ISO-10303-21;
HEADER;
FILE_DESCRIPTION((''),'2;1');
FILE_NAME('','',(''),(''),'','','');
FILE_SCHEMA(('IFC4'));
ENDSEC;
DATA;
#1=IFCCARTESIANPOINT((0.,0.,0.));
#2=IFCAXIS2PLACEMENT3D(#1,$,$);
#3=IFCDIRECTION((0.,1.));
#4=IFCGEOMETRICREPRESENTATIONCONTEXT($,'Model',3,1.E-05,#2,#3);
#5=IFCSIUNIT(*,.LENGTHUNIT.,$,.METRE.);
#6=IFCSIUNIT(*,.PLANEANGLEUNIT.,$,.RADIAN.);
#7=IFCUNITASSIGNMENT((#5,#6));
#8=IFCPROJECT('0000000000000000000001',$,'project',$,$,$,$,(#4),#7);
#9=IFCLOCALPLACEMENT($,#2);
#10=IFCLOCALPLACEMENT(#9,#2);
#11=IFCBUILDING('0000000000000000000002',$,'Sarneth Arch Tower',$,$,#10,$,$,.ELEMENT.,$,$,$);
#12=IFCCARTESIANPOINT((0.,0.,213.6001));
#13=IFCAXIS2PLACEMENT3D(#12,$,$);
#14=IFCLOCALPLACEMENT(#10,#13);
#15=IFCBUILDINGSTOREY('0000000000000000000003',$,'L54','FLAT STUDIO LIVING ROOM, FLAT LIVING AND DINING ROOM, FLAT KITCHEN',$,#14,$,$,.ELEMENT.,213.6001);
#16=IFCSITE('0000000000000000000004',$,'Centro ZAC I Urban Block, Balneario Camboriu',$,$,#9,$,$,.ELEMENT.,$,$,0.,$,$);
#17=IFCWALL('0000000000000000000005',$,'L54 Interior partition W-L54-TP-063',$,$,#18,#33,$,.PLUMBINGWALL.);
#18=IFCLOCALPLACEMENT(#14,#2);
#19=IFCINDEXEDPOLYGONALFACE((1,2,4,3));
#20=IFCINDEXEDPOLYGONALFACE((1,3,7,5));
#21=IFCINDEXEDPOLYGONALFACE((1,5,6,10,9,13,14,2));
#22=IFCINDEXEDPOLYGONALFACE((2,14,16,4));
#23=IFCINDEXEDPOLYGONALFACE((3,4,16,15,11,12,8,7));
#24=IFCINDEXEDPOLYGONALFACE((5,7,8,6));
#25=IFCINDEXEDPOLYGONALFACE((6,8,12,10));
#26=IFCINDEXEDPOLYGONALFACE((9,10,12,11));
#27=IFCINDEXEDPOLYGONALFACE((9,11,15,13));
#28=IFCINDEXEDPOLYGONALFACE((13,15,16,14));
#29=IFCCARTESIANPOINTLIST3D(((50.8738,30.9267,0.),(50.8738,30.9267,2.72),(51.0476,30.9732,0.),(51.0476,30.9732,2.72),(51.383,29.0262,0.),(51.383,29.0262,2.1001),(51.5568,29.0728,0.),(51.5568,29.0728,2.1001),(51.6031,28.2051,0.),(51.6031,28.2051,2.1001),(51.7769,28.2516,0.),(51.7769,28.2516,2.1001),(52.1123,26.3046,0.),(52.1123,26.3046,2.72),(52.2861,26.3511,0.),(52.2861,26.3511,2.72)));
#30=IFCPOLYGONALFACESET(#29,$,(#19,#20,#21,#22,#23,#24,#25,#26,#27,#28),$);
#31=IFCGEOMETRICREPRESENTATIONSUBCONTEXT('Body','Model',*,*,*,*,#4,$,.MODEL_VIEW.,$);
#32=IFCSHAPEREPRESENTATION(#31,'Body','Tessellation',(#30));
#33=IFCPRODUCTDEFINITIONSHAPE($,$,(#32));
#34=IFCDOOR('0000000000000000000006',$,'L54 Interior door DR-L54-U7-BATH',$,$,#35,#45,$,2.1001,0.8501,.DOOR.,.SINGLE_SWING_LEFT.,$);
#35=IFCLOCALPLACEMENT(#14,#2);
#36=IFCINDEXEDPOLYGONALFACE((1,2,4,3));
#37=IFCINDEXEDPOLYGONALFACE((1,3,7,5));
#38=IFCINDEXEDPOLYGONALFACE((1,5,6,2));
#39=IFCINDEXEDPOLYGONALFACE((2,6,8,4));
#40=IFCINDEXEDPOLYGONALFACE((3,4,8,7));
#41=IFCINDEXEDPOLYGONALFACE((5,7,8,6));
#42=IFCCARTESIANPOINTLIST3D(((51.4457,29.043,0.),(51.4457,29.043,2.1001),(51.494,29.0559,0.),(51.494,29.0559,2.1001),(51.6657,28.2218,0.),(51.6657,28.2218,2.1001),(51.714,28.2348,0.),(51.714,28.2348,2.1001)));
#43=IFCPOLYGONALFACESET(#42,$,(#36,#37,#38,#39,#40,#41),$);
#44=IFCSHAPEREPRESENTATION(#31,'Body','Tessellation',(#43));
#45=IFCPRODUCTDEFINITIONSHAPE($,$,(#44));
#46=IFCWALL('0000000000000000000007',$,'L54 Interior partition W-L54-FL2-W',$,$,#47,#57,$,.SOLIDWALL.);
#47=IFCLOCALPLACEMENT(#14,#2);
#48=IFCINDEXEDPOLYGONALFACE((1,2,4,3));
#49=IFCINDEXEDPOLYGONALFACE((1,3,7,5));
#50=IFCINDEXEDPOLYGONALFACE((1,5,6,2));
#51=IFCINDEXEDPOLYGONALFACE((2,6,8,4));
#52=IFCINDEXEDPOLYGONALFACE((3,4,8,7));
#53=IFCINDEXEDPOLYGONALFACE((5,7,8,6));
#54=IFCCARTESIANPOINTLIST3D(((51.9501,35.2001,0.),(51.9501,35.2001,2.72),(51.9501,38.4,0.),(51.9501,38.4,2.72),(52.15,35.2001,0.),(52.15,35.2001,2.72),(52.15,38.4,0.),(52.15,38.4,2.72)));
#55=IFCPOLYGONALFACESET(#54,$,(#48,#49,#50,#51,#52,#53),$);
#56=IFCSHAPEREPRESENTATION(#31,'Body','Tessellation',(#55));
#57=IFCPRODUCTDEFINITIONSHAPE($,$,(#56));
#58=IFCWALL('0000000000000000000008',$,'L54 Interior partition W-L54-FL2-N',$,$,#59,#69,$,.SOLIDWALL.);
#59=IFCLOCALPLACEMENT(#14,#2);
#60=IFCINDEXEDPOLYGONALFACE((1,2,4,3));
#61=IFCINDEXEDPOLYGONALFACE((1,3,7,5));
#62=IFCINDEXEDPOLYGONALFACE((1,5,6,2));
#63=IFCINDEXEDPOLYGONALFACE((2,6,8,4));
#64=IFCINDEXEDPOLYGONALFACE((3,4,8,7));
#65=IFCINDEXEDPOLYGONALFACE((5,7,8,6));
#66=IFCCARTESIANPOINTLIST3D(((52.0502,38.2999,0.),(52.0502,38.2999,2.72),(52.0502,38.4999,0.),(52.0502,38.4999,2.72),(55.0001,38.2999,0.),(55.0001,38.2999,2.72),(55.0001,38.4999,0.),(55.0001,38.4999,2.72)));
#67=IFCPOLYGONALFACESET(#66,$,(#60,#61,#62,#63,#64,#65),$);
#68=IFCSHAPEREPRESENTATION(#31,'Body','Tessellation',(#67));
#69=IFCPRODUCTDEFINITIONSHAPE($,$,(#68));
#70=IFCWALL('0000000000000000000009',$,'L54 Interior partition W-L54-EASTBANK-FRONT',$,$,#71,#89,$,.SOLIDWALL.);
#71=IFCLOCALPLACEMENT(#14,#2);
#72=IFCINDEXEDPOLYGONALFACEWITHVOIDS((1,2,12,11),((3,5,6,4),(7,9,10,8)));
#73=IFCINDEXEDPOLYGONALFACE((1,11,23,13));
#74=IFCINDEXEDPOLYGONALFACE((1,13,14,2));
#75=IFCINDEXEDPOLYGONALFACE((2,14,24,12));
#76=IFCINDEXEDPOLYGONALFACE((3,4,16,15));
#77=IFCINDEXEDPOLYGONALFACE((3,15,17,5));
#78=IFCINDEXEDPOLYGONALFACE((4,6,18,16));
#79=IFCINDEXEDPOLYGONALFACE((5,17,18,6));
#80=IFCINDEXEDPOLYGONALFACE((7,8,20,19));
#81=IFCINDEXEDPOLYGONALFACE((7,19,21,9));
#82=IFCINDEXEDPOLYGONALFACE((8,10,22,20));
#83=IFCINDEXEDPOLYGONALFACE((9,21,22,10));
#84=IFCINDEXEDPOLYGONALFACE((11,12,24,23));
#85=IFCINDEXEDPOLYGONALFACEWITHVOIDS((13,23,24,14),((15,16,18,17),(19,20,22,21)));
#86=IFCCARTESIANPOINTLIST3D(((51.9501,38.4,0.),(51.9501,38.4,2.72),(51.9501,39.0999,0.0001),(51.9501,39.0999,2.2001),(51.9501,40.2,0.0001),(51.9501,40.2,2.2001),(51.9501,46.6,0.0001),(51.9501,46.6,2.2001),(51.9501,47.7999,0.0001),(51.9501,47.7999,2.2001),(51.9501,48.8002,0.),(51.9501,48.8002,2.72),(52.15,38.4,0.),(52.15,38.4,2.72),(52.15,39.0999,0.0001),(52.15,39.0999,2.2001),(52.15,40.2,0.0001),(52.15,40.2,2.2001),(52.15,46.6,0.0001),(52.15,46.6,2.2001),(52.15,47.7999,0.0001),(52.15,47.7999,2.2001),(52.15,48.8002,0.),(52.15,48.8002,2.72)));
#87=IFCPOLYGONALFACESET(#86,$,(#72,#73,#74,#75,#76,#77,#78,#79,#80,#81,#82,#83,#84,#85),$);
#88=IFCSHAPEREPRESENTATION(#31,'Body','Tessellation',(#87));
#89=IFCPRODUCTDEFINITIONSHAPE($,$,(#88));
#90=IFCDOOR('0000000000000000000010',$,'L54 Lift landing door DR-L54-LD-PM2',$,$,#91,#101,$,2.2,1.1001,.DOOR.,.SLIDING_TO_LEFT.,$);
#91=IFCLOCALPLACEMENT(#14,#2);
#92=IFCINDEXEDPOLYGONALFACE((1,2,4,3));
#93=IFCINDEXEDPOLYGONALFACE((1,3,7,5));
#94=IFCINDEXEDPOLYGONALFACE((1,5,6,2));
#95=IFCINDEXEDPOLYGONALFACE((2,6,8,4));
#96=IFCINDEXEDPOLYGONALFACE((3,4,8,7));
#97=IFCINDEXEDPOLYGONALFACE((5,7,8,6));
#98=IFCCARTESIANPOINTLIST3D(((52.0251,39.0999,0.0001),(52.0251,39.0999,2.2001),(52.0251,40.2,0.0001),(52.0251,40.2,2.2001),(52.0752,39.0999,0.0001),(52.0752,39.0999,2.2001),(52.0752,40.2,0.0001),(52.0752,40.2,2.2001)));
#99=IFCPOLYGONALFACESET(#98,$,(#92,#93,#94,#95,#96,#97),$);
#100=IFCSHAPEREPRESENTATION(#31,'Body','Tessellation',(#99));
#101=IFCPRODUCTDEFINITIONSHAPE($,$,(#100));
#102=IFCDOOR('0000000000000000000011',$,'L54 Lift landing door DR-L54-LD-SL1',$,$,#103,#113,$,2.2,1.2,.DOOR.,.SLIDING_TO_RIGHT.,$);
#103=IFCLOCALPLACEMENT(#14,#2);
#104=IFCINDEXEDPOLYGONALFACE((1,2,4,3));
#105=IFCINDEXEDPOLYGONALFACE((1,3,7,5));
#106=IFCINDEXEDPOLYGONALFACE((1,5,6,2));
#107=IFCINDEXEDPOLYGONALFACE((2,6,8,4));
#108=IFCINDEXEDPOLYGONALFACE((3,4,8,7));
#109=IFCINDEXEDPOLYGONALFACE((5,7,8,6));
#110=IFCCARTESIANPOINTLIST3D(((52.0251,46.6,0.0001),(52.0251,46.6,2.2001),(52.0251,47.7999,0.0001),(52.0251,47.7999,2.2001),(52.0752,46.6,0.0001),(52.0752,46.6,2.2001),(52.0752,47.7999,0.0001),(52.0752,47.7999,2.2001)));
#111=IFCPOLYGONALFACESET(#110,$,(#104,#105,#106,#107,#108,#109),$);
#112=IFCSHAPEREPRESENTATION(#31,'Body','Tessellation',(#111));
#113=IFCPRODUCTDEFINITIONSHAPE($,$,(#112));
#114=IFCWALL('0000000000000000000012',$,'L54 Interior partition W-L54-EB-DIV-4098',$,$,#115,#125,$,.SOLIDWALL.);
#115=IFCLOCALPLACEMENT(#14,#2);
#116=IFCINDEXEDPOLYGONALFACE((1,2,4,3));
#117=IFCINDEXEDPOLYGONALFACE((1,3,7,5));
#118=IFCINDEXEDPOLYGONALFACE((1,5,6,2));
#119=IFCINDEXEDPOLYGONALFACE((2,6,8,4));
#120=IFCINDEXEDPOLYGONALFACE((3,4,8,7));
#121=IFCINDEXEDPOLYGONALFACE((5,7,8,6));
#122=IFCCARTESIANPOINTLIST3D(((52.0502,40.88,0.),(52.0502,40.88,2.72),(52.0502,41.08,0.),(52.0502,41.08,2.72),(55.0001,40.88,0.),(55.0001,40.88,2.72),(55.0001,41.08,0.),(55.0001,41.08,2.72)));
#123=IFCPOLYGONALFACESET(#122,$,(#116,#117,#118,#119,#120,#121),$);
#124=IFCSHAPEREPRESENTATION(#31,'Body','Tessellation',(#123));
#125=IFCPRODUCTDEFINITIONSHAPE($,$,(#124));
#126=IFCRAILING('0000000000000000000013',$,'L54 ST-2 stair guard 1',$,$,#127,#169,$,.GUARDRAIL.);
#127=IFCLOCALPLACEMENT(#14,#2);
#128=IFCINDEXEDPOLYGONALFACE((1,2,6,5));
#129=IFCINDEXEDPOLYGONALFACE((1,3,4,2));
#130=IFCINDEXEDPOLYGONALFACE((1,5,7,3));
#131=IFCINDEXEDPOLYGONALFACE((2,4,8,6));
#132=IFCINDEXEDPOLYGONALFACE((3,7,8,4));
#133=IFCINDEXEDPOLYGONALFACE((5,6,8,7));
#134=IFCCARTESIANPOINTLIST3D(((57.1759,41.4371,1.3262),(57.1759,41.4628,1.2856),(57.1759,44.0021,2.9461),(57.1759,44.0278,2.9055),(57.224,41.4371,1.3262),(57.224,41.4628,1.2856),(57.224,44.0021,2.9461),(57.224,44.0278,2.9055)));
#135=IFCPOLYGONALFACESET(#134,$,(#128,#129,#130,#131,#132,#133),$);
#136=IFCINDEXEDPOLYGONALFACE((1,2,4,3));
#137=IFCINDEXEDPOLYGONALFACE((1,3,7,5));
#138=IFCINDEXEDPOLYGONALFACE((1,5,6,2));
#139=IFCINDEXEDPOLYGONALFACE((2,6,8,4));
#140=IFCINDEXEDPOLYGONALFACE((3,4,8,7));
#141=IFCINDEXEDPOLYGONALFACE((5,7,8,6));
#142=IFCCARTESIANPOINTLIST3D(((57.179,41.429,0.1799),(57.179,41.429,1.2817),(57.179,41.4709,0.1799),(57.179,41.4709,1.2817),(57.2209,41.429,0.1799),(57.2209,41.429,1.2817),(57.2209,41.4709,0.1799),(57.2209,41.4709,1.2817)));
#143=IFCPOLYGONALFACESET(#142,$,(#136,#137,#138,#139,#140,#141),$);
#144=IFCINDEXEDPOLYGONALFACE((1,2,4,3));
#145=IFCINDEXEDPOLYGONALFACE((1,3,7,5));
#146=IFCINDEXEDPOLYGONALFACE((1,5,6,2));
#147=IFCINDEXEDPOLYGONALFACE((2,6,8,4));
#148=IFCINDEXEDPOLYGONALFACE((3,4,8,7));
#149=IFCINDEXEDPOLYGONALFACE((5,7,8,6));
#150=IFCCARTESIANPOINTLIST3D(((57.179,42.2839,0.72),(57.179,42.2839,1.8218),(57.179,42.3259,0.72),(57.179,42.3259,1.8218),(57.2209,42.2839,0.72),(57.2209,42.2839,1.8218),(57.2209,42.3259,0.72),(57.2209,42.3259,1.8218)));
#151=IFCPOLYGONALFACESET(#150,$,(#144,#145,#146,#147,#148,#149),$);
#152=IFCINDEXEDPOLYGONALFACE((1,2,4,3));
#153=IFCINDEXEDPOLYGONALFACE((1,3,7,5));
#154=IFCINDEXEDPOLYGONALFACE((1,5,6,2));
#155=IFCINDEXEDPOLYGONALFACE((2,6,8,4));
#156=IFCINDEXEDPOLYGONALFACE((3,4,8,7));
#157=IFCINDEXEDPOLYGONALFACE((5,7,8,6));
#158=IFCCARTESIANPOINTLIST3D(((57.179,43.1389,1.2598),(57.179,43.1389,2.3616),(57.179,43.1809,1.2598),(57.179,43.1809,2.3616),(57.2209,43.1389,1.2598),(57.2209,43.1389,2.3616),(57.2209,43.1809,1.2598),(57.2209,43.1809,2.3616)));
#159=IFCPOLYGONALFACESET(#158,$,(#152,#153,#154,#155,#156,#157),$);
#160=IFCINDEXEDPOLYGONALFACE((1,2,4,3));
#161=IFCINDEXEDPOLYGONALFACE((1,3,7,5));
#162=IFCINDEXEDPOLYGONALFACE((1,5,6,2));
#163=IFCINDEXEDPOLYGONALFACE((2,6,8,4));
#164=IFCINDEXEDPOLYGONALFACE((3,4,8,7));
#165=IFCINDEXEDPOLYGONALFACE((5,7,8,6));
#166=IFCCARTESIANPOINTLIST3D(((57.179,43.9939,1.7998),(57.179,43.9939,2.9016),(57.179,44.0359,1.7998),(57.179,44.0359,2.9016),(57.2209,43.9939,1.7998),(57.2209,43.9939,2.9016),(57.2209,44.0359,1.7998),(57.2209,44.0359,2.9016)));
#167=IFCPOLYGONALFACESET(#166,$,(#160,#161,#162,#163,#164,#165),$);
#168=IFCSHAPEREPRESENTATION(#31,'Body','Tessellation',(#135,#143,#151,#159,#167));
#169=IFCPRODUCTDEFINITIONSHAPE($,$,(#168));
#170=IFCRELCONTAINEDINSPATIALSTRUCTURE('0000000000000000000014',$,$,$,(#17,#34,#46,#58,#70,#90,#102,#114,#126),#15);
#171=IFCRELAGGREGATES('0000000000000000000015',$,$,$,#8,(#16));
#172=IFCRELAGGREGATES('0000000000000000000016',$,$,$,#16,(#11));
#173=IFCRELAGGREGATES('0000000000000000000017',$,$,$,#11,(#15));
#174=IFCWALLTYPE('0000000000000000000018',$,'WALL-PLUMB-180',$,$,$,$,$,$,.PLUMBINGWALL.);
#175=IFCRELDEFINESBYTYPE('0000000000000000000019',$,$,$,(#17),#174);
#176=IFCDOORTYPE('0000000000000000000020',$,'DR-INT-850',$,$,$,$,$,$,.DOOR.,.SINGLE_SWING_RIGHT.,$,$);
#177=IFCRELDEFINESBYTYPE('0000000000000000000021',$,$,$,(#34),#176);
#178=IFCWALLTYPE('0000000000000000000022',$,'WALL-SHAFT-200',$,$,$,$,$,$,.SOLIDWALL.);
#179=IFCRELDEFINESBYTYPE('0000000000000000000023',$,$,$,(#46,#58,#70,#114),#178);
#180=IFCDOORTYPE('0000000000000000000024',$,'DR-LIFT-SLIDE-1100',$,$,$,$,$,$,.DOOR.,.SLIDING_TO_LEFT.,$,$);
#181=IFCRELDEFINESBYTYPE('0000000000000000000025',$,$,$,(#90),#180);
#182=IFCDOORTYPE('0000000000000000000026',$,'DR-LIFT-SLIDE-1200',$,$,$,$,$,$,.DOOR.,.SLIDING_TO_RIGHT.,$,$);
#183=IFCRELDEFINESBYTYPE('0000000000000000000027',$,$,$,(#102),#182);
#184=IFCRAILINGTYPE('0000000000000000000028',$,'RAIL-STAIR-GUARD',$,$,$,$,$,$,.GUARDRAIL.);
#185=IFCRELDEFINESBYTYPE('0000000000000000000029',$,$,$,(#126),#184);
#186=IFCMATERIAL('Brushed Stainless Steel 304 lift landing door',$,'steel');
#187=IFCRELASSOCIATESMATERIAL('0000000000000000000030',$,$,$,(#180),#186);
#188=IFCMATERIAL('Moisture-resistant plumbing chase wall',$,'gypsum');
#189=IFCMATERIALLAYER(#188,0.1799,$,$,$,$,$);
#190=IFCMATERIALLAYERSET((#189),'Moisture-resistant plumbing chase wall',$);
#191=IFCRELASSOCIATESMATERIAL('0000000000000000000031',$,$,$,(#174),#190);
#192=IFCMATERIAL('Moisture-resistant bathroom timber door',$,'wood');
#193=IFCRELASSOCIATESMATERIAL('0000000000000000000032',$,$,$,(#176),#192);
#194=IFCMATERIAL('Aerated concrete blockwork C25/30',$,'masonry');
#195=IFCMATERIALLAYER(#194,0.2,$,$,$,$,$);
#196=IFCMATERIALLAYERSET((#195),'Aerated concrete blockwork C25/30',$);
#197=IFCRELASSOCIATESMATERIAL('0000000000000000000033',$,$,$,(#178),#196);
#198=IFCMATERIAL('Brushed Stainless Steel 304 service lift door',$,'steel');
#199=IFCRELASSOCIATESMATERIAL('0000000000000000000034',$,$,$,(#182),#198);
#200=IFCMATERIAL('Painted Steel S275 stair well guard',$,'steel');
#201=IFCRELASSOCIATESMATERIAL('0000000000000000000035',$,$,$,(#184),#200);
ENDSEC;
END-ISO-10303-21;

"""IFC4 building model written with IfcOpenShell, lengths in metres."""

from ifc_helpers import new_model, si_unit, direction, frame, frame_2d, origin, origin_2d, place, context, subcontext, project, spatial, rectangle, extrude, material, layer, layer_set, type_object, element, fill, save


model = new_model("IFC4")

# Units and contexts
model_context = context("Model", 3, precision=1e-05, world=origin(), true_north=direction((0.0, 1.0)))
body_context = subcontext(model_context, "Body", "Model", "MODEL_VIEW")
ifc_project = project(units=[si_unit("LENGTHUNIT", "METRE"), si_unit("PLANEANGLEUNIT", "RADIAN")], contexts=[model_context])

# Site, building, storey
site_placement = place(None, origin())
site = spatial("IfcSite", under=ifc_project, at=site_placement, Name="Centro ZAC I Urban Block, Balneario Camboriu", CompositionType="ELEMENT", RefElevation=0.0)
building_placement = place(site_placement, origin())
building = spatial("IfcBuilding", under=site, at=building_placement, Name="Sarneth Arch Tower", CompositionType="ELEMENT")
storey_placement = place(building_placement, frame((0.0, 0.0, 213.6001)))
storey = spatial("IfcBuildingStorey", under=building, at=storey_placement, Name="L54", Description="FLAT STUDIO LIVING ROOM, FLAT LIVING AND DINING ROOM, FLAT KITCHEN", CompositionType="ELEMENT", Elevation=213.6001)

# Shared definitions
ifc_material_1 = material(Name="Brushed Stainless Steel 304 lift landing door", Category="steel")
door_type_1 = type_object("IfcDoorType", Name="DR-LIFT-SLIDE-1100", OperationType="SLIDING_TO_LEFT", PredefinedType="DOOR", material=ifc_material_1)

# Shared definitions
ifc_material_2 = material(Name="Moisture-resistant plumbing chase wall", Category="gypsum")
ifc_layer_1 = layer(ifc_material_2, 0.1799)
ifc_layer_set_1 = layer_set([ifc_layer_1], Name="Moisture-resistant plumbing chase wall")
wall_type_1 = type_object("IfcWallType", Name="WALL-PLUMB-180", PredefinedType="PLUMBINGWALL", material=ifc_layer_set_1)

# Wall, opening, door
ifc_material_3 = material(Name="Moisture-resistant bathroom timber door", Category="wood")
door_type_2 = type_object("IfcDoorType", Name="DR-INT-850", OperationType="SINGLE_SWING_RIGHT", PredefinedType="DOOR", material=ifc_material_3)
wall_1_placement = place(storey_placement, frame((50.9607, 30.95, 0.0), z_axis=(0.0, 0.0, 1.0), x_axis=(0.258828, -0.965923, 0.0)))
wall_1 = element("IfcWall", 1, at=wall_1_placement, inside=storey, type_object=wall_type_1, Name="L54 Interior partition W-L54-TP-063", PredefinedType="PLUMBINGWALL", context=body_context, shape_type="SweptSolid", body=[
    extrude(rectangle(XDim=4.7852, YDim=0.1799, at=frame_2d((2.3926, 0.0))), origin(), (0.0, 0.0, 1.0), 2.72),
])
opening_1_placement = place(wall_1_placement, frame((1.9675, 0.0, 0.0)))
opening_1 = element("IfcOpeningElement", 2, at=opening_1_placement, cuts=wall_1, PredefinedType="OPENING", context=body_context, shape_type="SweptSolid", body=[
    extrude(rectangle(XDim=0.8501, YDim=2.1001, at=frame_2d((0.425, 1.05))), frame((0.0, 0.0999, 0.0), z_axis=(0.0, -1.0, 0.0), x_axis=(1.0, 0.0, 0.0)), (0.0, 0.0, 1.0), 0.2),
])
door_1_placement = place(opening_1_placement, origin())
door_1 = element("IfcDoor", 3, at=door_1_placement, inside=storey, type_object=door_type_2, Name="L54 Interior door DR-L54-U7-BATH", OperationType="SINGLE_SWING_LEFT", OverallHeight=2.1001, OverallWidth=0.8501, PredefinedType="DOOR", context=body_context, shape_type="SweptSolid", body=[
    extrude(rectangle(XDim=0.8501, YDim=2.1001, at=frame_2d((0.425, 1.05))), frame((0.0, 0.0249, 0.0), z_axis=(0.0, -1.0, 0.0), x_axis=(1.0, 0.0, 0.0)), (0.0, 0.0, 1.0), 0.05),
])
fill(opening_1, door_1)
ifc_material_4 = material(Name="Aerated concrete blockwork C25/30", Category="masonry")
ifc_layer_2 = layer(ifc_material_4, 0.2)
ifc_layer_set_2 = layer_set([ifc_layer_2], Name="Aerated concrete blockwork C25/30")
wall_type_2 = type_object("IfcWallType", Name="WALL-SHAFT-200", PredefinedType="SOLIDWALL", material=ifc_layer_set_2)

# Walls
wall_2_placement = place(storey_placement, frame((52.05, 35.2, 0.0), z_axis=(0.0, 0.0, 1.0), x_axis=(0.0, 1.0, 0.0)))
element("IfcWall", 4, at=wall_2_placement, inside=storey, type_object=wall_type_2, Name="L54 Interior partition W-L54-FL2-W", PredefinedType="SOLIDWALL", context=body_context, shape_type="SweptSolid", body=[
    extrude(rectangle(XDim=3.2, YDim=0.2, at=frame_2d((1.6001, 0.0))), origin(), (0.0, 0.0, 1.0), 2.72),
])
wall_3_placement = place(storey_placement, frame((52.05, 38.3999, 0.0), z_axis=(0.0, 0.0, 1.0), x_axis=(1.0, 0.0, 0.0)))
element("IfcWall", 5, at=wall_3_placement, inside=storey, type_object=wall_type_2, Name="L54 Interior partition W-L54-FL2-N", PredefinedType="SOLIDWALL", context=body_context, shape_type="SweptSolid", body=[
    extrude(rectangle(XDim=2.95, YDim=0.2, at=frame_2d((1.4751, 0.0))), origin(), (0.0, 0.0, 1.0), 2.72),
])

# Wall, openings, doors
wall_4_placement = place(storey_placement, frame((52.05, 38.3999, 0.0), z_axis=(0.0, 0.0, 1.0), x_axis=(0.0, 1.0, 0.0)))
wall_4 = element("IfcWall", 6, at=wall_4_placement, inside=storey, type_object=wall_type_2, Name="L54 Interior partition W-L54-EASTBANK-FRONT", PredefinedType="SOLIDWALL", context=body_context, shape_type="SweptSolid", body=[
    extrude(rectangle(XDim=10.4001, YDim=0.2, at=frame_2d((5.2002, 0.0))), origin(), (0.0, 0.0, 1.0), 2.72),
])
opening_2_placement = place(wall_4_placement, frame((0.7, 0.0, 0.0)))
opening_2 = element("IfcOpeningElement", 7, at=opening_2_placement, cuts=wall_4, PredefinedType="OPENING", context=body_context, shape_type="SweptSolid", body=[
    extrude(rectangle(XDim=1.1001, YDim=2.2, at=frame_2d((0.55, 1.1001))), frame((0.0, 0.1099, 0.0), z_axis=(0.0, -1.0, 0.0), x_axis=(1.0, 0.0, 0.0)), (0.0, 0.0, 1.0), 0.22),
])
opening_3_placement = place(wall_4_placement, frame((8.2, 0.0, 0.0)))
opening_3 = element("IfcOpeningElement", 8, at=opening_3_placement, cuts=wall_4, PredefinedType="OPENING", context=body_context, shape_type="SweptSolid", body=[
    extrude(rectangle(XDim=1.2, YDim=2.2, at=frame_2d((0.6001, 1.1001))), frame((0.0, 0.1099, 0.0), z_axis=(0.0, -1.0, 0.0), x_axis=(1.0, 0.0, 0.0)), (0.0, 0.0, 1.0), 0.22),
])
door_2_placement = place(opening_2_placement, origin())
door_2 = element("IfcDoor", 9, at=door_2_placement, inside=storey, type_object=door_type_1, Name="L54 Lift landing door DR-L54-LD-PM2", OperationType="SLIDING_TO_LEFT", OverallHeight=2.2, OverallWidth=1.1001, PredefinedType="DOOR", context=body_context, shape_type="SweptSolid", body=[
    extrude(rectangle(XDim=1.1001, YDim=2.2, at=frame_2d((0.55, 1.1001))), frame((0.0, 0.0249, 0.0), z_axis=(0.0, -1.0, 0.0), x_axis=(1.0, 0.0, 0.0)), (0.0, 0.0, 1.0), 0.05),
])
fill(opening_2, door_2)
ifc_material_5 = material(Name="Brushed Stainless Steel 304 service lift door", Category="steel")
door_type_3 = type_object("IfcDoorType", Name="DR-LIFT-SLIDE-1200", OperationType="SLIDING_TO_RIGHT", PredefinedType="DOOR", material=ifc_material_5)
door_3_placement = place(opening_3_placement, origin())
door_3 = element("IfcDoor", 10, at=door_3_placement, inside=storey, type_object=door_type_3, Name="L54 Lift landing door DR-L54-LD-SL1", OperationType="SLIDING_TO_RIGHT", OverallHeight=2.2, OverallWidth=1.2, PredefinedType="DOOR", context=body_context, shape_type="SweptSolid", body=[
    extrude(rectangle(XDim=1.2, YDim=2.2, at=frame_2d((0.6001, 1.1001))), frame((0.0, 0.0249, 0.0), z_axis=(0.0, -1.0, 0.0), x_axis=(1.0, 0.0, 0.0)), (0.0, 0.0, 1.0), 0.05),
])
fill(opening_3, door_3)

# Wall
wall_5_placement = place(storey_placement, frame((52.05, 40.98, 0.0), z_axis=(0.0, 0.0, 1.0), x_axis=(1.0, 0.0, 0.0)))
element("IfcWall", 11, at=wall_5_placement, inside=storey, type_object=wall_type_2, Name="L54 Interior partition W-L54-EB-DIV-4098", PredefinedType="SOLIDWALL", context=body_context, shape_type="SweptSolid", body=[
    extrude(rectangle(XDim=2.95, YDim=0.2, at=frame_2d((1.4751, 0.0))), origin(), (0.0, 0.0, 1.0), 2.72),
])

# Railing
ifc_material_6 = material(Name="Painted Steel S275 stair well guard", Category="steel")
railing_type = type_object("IfcRailingType", Name="RAIL-STAIR-GUARD", PredefinedType="GUARDRAIL", material=ifc_material_6)
railing_1_placement = place(storey_placement, frame((57.2, 41.45, 0.1799)))
element("IfcRailing", 12, at=railing_1_placement, inside=storey, type_object=railing_type, Name="L54 ST-2 stair guard 1", PredefinedType="GUARDRAIL", context=body_context, shape_type="SweptSolid", body=[
    extrude(rectangle(XDim=0.0481, YDim=0.0481, at=origin_2d()), frame((0.0, 0.0, 1.126), z_axis=(0.0, 0.845502, 0.533972), x_axis=(-1.0, 0.0, 0.0)), (0.0, 0.0, 1.0), 3.0337),
    extrude(rectangle(XDim=0.042, YDim=0.042, at=origin_2d()), origin(), (0.0, 0.0, 1.0), 1.1018),
    extrude(rectangle(XDim=0.042, YDim=0.042, at=origin_2d()), frame((0.0, 0.855, 0.54)), (0.0, 0.0, 1.0), 1.1018),
    extrude(rectangle(XDim=0.042, YDim=0.042, at=origin_2d()), frame((0.0, 1.71, 1.0798)), (0.0, 0.0, 1.0), 1.1018),
    extrude(rectangle(XDim=0.042, YDim=0.042, at=origin_2d()), frame((0.0, 2.5649, 1.6199)), (0.0, 0.0, 1.0), 1.1018),
])

save(model, "model.ifc")
